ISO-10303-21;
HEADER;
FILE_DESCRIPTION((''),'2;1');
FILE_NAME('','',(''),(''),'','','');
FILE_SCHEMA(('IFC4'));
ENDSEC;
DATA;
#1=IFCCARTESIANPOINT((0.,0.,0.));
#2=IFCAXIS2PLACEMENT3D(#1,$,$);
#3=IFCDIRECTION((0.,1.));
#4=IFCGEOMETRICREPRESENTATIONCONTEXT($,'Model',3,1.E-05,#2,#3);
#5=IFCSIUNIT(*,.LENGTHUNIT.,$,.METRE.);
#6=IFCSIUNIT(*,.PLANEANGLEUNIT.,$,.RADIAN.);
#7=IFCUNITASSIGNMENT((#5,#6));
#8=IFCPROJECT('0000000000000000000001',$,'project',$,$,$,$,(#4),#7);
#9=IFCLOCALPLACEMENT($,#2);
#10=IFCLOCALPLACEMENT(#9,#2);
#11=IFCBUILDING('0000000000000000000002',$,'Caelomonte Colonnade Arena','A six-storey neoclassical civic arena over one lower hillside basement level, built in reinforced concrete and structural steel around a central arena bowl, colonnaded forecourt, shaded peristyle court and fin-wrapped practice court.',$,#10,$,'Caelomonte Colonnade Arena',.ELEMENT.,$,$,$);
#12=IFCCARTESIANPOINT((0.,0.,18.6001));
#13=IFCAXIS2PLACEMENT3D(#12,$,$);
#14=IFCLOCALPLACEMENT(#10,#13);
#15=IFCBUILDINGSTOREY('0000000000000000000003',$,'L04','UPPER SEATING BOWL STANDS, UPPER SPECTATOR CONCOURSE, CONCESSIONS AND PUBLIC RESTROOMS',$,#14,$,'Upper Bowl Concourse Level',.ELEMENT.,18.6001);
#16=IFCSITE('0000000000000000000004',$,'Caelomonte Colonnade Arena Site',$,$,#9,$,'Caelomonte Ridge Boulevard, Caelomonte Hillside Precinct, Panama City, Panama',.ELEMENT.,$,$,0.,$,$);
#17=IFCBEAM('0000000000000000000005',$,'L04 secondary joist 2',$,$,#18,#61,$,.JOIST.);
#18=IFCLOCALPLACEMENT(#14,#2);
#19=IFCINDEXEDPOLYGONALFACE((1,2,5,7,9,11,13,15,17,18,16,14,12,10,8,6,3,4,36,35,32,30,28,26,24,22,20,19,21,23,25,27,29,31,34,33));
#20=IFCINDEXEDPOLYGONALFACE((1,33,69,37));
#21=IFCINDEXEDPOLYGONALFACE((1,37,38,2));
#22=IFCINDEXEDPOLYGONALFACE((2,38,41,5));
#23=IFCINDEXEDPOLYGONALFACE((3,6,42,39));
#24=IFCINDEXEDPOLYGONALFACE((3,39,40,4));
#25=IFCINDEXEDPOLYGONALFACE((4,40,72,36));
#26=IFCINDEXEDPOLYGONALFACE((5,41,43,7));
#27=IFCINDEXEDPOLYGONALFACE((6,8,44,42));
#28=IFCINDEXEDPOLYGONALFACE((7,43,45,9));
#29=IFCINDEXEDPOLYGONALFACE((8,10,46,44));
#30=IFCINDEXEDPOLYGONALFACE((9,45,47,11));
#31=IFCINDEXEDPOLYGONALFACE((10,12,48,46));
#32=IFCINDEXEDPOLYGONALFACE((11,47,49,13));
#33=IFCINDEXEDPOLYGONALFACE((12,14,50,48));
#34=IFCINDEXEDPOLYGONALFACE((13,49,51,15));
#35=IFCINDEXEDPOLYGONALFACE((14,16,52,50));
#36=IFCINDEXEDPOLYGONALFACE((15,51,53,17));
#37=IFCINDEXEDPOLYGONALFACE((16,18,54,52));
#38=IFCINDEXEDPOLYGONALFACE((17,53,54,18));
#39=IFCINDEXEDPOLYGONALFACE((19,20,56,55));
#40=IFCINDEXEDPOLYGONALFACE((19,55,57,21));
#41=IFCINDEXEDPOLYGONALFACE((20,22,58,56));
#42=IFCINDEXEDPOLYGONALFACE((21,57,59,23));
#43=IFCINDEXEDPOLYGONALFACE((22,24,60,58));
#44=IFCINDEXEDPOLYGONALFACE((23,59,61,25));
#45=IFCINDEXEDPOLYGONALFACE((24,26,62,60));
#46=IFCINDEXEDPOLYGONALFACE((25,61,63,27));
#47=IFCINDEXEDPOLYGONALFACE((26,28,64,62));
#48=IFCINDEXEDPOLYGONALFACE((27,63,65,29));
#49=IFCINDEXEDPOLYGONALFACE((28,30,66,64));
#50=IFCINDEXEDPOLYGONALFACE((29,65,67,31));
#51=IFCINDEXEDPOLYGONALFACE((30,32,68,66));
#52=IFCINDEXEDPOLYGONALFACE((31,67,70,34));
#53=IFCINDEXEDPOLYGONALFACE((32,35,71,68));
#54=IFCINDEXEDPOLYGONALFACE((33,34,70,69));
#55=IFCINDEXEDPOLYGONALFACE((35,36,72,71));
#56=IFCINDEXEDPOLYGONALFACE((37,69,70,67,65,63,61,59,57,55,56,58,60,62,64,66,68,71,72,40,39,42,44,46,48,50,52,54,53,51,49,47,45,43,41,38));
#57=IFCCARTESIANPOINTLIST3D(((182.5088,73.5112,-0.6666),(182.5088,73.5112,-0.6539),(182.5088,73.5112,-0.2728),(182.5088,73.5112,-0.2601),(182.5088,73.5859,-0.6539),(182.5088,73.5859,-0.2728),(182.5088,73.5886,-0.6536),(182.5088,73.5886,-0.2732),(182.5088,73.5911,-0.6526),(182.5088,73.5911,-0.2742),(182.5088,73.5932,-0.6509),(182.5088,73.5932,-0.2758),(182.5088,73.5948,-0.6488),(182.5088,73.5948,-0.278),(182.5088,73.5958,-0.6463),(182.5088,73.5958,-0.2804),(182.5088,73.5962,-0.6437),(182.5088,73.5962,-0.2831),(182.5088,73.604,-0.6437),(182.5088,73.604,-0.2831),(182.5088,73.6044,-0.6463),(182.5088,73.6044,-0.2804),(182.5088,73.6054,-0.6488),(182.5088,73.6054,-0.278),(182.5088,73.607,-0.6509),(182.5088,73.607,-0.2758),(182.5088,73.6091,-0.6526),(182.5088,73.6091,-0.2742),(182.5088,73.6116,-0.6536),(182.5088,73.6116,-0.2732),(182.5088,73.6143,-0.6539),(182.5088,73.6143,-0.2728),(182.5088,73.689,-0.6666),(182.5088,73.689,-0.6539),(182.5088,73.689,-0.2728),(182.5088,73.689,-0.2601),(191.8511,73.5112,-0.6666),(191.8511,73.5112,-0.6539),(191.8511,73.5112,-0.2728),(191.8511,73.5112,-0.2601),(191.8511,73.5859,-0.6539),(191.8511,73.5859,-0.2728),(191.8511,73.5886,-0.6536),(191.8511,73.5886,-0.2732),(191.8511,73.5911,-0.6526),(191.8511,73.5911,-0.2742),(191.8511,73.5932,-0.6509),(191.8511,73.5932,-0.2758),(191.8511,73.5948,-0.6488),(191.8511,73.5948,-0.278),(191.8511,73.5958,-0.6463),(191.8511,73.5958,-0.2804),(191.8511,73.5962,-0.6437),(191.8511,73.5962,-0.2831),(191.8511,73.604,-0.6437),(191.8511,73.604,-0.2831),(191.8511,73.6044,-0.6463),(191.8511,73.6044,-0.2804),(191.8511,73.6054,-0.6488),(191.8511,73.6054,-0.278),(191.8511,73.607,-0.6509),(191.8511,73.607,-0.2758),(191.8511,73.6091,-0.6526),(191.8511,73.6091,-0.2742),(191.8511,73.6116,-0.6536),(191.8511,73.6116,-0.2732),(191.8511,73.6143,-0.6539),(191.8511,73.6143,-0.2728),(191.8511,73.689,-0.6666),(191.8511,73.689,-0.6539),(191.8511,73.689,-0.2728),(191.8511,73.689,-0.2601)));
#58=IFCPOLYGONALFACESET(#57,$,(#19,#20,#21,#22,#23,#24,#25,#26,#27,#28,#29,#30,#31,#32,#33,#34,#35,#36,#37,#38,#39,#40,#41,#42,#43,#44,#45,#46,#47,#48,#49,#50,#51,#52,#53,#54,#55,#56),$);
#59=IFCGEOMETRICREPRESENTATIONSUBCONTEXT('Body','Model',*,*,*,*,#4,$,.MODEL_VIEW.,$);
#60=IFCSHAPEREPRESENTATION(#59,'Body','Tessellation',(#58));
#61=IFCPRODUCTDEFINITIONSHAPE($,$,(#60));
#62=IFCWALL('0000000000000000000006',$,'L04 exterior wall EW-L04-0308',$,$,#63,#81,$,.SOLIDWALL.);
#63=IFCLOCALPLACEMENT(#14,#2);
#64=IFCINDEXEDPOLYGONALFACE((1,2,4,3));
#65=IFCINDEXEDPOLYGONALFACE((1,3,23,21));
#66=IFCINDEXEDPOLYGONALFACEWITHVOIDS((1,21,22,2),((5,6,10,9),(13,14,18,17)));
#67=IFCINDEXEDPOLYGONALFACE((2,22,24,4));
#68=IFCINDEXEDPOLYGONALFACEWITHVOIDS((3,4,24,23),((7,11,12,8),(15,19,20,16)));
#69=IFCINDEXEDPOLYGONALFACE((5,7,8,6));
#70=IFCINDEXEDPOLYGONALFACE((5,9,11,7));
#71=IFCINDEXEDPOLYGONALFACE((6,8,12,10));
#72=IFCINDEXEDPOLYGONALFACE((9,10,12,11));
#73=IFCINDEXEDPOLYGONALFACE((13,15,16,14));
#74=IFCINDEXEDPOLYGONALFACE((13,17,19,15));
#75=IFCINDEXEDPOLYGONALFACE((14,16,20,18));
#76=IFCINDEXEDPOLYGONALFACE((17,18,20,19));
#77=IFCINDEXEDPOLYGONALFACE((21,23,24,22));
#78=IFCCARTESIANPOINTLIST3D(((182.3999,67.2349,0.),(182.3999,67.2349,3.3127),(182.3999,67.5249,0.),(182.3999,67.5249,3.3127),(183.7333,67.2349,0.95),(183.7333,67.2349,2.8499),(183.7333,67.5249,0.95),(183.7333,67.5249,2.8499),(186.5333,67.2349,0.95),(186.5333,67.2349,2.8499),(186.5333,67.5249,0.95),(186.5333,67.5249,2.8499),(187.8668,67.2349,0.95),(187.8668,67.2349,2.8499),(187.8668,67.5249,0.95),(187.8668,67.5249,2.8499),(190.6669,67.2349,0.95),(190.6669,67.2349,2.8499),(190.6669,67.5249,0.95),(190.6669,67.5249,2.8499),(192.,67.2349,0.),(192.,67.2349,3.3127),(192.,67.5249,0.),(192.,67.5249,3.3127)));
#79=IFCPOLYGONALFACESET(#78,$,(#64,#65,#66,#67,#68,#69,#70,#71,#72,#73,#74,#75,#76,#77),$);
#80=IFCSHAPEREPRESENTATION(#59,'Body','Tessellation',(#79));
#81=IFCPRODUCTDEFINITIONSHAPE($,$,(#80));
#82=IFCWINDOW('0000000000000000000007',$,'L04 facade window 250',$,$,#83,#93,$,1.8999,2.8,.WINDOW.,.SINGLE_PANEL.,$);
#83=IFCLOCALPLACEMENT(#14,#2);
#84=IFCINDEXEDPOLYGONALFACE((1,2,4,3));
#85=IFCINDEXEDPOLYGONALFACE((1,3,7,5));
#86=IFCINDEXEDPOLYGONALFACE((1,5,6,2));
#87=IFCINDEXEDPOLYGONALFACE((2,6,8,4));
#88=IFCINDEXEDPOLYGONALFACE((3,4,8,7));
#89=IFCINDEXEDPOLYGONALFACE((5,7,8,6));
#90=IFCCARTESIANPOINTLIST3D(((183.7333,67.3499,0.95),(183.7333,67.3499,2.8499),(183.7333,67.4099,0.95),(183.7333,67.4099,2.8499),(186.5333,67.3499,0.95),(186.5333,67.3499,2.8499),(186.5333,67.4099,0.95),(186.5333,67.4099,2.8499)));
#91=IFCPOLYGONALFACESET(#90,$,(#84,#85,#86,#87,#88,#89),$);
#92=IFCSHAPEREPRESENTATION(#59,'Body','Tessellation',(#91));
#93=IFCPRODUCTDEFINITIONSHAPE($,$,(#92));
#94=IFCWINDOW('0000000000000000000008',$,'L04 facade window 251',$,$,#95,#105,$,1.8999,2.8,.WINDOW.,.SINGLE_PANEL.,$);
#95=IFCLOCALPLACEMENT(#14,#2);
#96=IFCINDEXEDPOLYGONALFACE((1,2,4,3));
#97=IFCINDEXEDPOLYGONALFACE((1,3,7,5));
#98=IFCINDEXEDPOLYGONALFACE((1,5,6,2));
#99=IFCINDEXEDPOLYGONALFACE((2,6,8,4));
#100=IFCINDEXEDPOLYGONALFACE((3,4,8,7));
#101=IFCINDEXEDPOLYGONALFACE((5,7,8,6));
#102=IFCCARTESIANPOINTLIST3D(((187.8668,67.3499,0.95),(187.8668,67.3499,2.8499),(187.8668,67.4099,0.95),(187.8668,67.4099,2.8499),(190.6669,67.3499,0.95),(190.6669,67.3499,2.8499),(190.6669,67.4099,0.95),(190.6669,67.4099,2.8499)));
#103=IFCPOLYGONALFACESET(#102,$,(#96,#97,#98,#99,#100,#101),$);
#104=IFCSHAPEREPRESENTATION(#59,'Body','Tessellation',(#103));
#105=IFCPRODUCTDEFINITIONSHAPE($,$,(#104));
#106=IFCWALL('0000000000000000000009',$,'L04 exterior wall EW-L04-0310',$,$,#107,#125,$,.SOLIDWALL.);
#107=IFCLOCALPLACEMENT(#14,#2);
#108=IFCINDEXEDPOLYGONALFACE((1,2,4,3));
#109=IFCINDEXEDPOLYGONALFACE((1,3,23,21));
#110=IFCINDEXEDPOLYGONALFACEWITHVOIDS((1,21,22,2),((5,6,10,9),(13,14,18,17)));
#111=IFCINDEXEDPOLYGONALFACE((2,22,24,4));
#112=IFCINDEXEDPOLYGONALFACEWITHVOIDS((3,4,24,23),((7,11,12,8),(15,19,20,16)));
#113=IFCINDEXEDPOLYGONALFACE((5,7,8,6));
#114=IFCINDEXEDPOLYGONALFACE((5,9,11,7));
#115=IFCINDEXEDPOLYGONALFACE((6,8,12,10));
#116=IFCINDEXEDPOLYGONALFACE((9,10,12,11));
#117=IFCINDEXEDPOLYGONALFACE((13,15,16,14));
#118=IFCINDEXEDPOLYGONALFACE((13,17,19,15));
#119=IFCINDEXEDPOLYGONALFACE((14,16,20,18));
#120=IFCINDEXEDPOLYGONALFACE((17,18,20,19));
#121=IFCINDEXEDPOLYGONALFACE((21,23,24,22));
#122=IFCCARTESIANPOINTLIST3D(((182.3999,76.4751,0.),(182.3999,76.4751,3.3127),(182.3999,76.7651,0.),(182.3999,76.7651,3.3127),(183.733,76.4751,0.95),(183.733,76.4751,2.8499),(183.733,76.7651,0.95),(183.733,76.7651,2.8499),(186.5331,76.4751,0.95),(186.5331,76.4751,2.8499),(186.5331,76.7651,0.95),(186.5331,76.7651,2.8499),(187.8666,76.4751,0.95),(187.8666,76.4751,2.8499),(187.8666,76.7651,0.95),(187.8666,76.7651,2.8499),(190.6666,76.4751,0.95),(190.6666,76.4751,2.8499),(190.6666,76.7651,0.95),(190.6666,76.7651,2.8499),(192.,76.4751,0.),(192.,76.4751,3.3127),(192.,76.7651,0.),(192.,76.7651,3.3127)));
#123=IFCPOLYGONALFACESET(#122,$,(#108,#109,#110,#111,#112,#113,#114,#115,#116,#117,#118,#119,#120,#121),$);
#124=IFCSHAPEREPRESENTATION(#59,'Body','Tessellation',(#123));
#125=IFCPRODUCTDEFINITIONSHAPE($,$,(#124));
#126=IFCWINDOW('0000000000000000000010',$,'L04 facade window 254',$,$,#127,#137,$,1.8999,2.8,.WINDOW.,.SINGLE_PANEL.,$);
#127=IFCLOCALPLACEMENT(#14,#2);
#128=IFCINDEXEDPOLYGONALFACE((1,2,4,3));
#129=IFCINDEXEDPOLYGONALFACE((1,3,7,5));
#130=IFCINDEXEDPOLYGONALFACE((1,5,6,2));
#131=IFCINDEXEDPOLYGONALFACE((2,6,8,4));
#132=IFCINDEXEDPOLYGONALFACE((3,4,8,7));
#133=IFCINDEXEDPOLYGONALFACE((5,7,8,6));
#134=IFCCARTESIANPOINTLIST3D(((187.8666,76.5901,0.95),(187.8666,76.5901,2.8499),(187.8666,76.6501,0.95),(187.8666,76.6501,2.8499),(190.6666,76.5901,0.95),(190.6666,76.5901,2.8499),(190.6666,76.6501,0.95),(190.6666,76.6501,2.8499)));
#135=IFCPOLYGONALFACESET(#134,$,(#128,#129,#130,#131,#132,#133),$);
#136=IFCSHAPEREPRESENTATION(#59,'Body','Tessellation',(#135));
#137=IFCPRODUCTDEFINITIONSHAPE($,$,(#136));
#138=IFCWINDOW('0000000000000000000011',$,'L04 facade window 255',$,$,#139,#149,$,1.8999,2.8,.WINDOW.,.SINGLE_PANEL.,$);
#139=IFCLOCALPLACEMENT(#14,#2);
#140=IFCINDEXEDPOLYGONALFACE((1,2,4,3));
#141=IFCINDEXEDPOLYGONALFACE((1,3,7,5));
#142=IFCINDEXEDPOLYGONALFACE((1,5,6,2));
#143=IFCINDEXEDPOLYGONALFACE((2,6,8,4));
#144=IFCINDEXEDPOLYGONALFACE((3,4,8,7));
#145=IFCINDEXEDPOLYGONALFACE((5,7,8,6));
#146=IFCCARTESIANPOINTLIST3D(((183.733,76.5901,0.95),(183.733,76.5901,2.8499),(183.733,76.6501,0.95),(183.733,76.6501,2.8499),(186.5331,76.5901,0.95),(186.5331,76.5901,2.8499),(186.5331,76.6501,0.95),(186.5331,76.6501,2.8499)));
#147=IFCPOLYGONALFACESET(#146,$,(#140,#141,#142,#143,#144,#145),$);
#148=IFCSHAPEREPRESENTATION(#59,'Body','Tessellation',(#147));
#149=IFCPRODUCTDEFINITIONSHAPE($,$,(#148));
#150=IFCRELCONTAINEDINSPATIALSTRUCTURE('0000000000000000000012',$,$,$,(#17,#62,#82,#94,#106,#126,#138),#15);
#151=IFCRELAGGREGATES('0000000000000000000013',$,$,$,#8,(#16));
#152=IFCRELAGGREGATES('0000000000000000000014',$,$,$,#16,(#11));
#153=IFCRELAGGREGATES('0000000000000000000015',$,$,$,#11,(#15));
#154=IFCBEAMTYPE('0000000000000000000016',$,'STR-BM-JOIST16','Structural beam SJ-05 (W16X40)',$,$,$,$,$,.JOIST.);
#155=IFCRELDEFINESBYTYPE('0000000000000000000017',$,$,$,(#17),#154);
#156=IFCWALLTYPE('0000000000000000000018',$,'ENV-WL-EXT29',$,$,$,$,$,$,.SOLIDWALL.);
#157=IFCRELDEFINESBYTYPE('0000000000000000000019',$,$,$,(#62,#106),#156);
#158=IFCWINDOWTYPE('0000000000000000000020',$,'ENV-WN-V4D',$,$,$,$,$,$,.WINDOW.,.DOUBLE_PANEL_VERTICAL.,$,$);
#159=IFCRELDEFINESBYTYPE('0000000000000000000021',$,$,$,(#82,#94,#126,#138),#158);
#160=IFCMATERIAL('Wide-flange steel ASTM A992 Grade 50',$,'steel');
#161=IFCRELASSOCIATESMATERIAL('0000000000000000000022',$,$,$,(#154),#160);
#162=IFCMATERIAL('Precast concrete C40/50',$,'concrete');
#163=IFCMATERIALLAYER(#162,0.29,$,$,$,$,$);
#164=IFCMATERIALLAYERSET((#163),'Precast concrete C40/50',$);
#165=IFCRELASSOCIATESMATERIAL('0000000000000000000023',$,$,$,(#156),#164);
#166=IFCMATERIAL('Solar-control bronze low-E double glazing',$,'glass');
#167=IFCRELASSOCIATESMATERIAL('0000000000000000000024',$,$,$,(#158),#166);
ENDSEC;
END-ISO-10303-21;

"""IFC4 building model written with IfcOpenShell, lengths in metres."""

from ifc_helpers import new_model, si_unit, direction, frame, frame_2d, origin, origin_2d, place, context, subcontext, project, spatial, rectangle, i_section, extrude, material, layer, layer_set, material_profile, profile_set, type_object, element, fill, save


model = new_model("IFC4")

# Units and contexts
model_context = context("Model", 3, precision=1e-05, world=origin(), true_north=direction((0.0, 1.0)))
body_context = subcontext(model_context, "Body", "Model", "MODEL_VIEW")
ifc_project = project(units=[si_unit("LENGTHUNIT", "METRE"), si_unit("PLANEANGLEUNIT", "RADIAN")], contexts=[model_context])

# Site, building, storey
site_placement = place(None, origin())
site = spatial("IfcSite", under=ifc_project, at=site_placement, Name="Caelomonte Colonnade Arena Site", LongName="Caelomonte Ridge Boulevard, Caelomonte Hillside Precinct, Panama City, Panama", CompositionType="ELEMENT", RefElevation=0.0)
building_placement = place(site_placement, origin())
building = spatial("IfcBuilding", under=site, at=building_placement, Name="Caelomonte Colonnade Arena", Description="A six-storey neoclassical civic arena over one lower hillside basement level, built in reinforced concrete and structural steel around a central arena bowl, colonnaded forecourt, shaded peristyle court and fin-wrapped practice court.", LongName="Caelomonte Colonnade Arena", CompositionType="ELEMENT")
storey_placement = place(building_placement, frame((0.0, 0.0, 18.6001)))
storey = spatial("IfcBuildingStorey", under=building, at=storey_placement, Name="L04", Description="UPPER SEATING BOWL STANDS, UPPER SPECTATOR CONCOURSE, CONCESSIONS AND PUBLIC RESTROOMS", LongName="Upper Bowl Concourse Level", CompositionType="ELEMENT", Elevation=18.6001)

# Beam
ifc_material_1 = material(Name="Wide-flange steel ASTM A992 Grade 50", Category="steel")
ifc_material_profile_1 = material_profile(ifc_material_1, i_section(OverallWidth=0.1777, OverallDepth=0.4065, WebThickness=0.0078, FlangeThickness=0.0127, FilletRadius=0.0103, at=origin_2d()), Name="W16X40")
ifc_profile_set_1 = profile_set([ifc_material_profile_1], Name="Wide-flange steel ASTM A992 Grade 50")
beam_type_1 = type_object("IfcBeamType", Name="STR-BM-JOIST16", Description="Structural beam SJ-05 (W16X40)", PredefinedType="JOIST", material=ifc_profile_set_1)
for number, where, z_axis, x_axis, name in (
    (1, (182.5088, 73.6001, -0.4634), (1.0, 0.0, 0.0), (0.0, 1.0, 0.0), "L04 secondary joist 2"),
):
    element("IfcBeam", number, at=place(storey_placement, frame(where, z_axis=z_axis, x_axis=x_axis)), inside=storey, type_object=beam_type_1, Name=name, PredefinedType="JOIST", context=body_context, shape_type="SweptSolid", body=[
        extrude(i_section(OverallWidth=0.1777, OverallDepth=0.4065, WebThickness=0.0078, FlangeThickness=0.0127, FilletRadius=0.0103, at=origin_2d()), origin(), (0.0, 0.0, 1.0), 9.3423),
    ])

# Walls, openings, windows
ifc_material_2 = material(Name="Precast concrete C40/50", Category="concrete")
ifc_layer_1 = layer(ifc_material_2, 0.29)
ifc_layer_set_1 = layer_set([ifc_layer_1], Name="Precast concrete C40/50")
wall_type_1 = type_object("IfcWallType", Name="ENV-WL-EXT29", PredefinedType="SOLIDWALL", material=ifc_layer_set_1)
wall_1_placement = place(storey_placement, frame((182.3999, 67.3799, 0.0), z_axis=(0.0, 0.0, 1.0), x_axis=(1.0, 0.0, 0.0)))
wall_1 = element("IfcWall", 2, at=wall_1_placement, inside=storey, type_object=wall_type_1, Name="L04 exterior wall EW-L04-0308", PredefinedType="SOLIDWALL", context=body_context, shape_type="SweptSolid", body=[
    extrude(rectangle(XDim=9.6001, YDim=0.29, at=frame_2d((4.8, 0.0))), origin(), (0.0, 0.0, 1.0), 3.3127),
])
opening_1_placement = place(wall_1_placement, frame((4.1333, 0.0, 0.95), z_axis=(0.0, 0.0, 1.0), x_axis=(-1.0, 0.0, 0.0)))
opening_1 = element("IfcOpeningElement", 3, at=opening_1_placement, cuts=wall_1, PredefinedType="OPENING", context=body_context, shape_type="SweptSolid", body=[
    extrude(rectangle(XDim=2.8, YDim=1.8999, at=frame_2d((1.3999, 0.95))), frame((0.0, 0.155, 0.0), z_axis=(0.0, -1.0, 0.0), x_axis=(1.0, 0.0, 0.0)), (0.0, 0.0, 1.0), 0.3101),
])
opening_2_placement = place(wall_1_placement, frame((8.2668, 0.0, 0.95), z_axis=(0.0, 0.0, 1.0), x_axis=(-1.0, 0.0, 0.0)))
opening_2 = element("IfcOpeningElement", 4, at=opening_2_placement, cuts=wall_1, PredefinedType="OPENING", context=body_context, shape_type="SweptSolid", body=[
    extrude(rectangle(XDim=2.8, YDim=1.8999, at=frame_2d((1.3999, 0.95))), frame((0.0, 0.155, 0.0), z_axis=(0.0, -1.0, 0.0), x_axis=(1.0, 0.0, 0.0)), (0.0, 0.0, 1.0), 0.3101),
])
ifc_material_3 = material(Name="Solar-control bronze low-E double glazing", Category="glass")
window_type = type_object("IfcWindowType", Name="ENV-WN-V4D", PartitioningType="DOUBLE_PANEL_VERTICAL", PredefinedType="WINDOW", material=ifc_material_3)
window_1_placement = place(opening_1_placement, origin())
window_1 = element("IfcWindow", 5, at=window_1_placement, inside=storey, type_object=window_type, Name="L04 facade window 250", OverallHeight=1.8999, OverallWidth=2.8, PartitioningType="SINGLE_PANEL", PredefinedType="WINDOW", context=body_context, shape_type="SweptSolid", body=[
    extrude(rectangle(XDim=2.8, YDim=1.8999, at=frame_2d((1.3999, 0.95))), frame((0.0, 0.03, 0.0), z_axis=(0.0, -1.0, 0.0), x_axis=(1.0, 0.0, 0.0)), (0.0, 0.0, 1.0), 0.0601),
])
fill(opening_1, window_1)
window_2_placement = place(opening_2_placement, origin())
window_2 = element("IfcWindow", 6, at=window_2_placement, inside=storey, type_object=window_type, Name="L04 facade window 251", OverallHeight=1.8999, OverallWidth=2.8, PartitioningType="SINGLE_PANEL", PredefinedType="WINDOW", context=body_context, shape_type="SweptSolid", body=[
    extrude(rectangle(XDim=2.8, YDim=1.8999, at=frame_2d((1.3999, 0.95))), frame((0.0, 0.03, 0.0), z_axis=(0.0, -1.0, 0.0), x_axis=(1.0, 0.0, 0.0)), (0.0, 0.0, 1.0), 0.0601),
])
fill(opening_2, window_2)
wall_2_placement = place(storey_placement, frame((192.0, 76.6201, 0.0), z_axis=(0.0, 0.0, 1.0), x_axis=(-1.0, 0.0, 0.0)))
wall_2 = element("IfcWall", 7, at=wall_2_placement, inside=storey, type_object=wall_type_1, Name="L04 exterior wall EW-L04-0310", PredefinedType="SOLIDWALL", context=body_context, shape_type="SweptSolid", body=[
    extrude(rectangle(XDim=9.6001, YDim=0.29, at=frame_2d((4.8, 0.0))), origin(), (0.0, 0.0, 1.0), 3.3127),
])
opening_3_placement = place(wall_2_placement, frame((4.1333, 0.0, 0.95), z_axis=(0.0, 0.0, 1.0), x_axis=(-1.0, 0.0, 0.0)))
opening_3 = element("IfcOpeningElement", 8, at=opening_3_placement, cuts=wall_2, PredefinedType="OPENING", context=body_context, shape_type="SweptSolid", body=[
    extrude(rectangle(XDim=2.8, YDim=1.8999, at=frame_2d((1.3999, 0.95))), frame((0.0, 0.155, 0.0), z_axis=(0.0, -1.0, 0.0), x_axis=(1.0, 0.0, 0.0)), (0.0, 0.0, 1.0), 0.3101),
])
opening_4_placement = place(wall_2_placement, frame((8.2668, 0.0, 0.95), z_axis=(0.0, 0.0, 1.0), x_axis=(-1.0, 0.0, 0.0)))
opening_4 = element("IfcOpeningElement", 9, at=opening_4_placement, cuts=wall_2, PredefinedType="OPENING", context=body_context, shape_type="SweptSolid", body=[
    extrude(rectangle(XDim=2.8, YDim=1.8999, at=frame_2d((1.3999, 0.95))), frame((0.0, 0.155, 0.0), z_axis=(0.0, -1.0, 0.0), x_axis=(1.0, 0.0, 0.0)), (0.0, 0.0, 1.0), 0.3101),
])
window_3_placement = place(opening_3_placement, origin())
window_3 = element("IfcWindow", 10, at=window_3_placement, inside=storey, type_object=window_type, Name="L04 facade window 254", OverallHeight=1.8999, OverallWidth=2.8, PartitioningType="SINGLE_PANEL", PredefinedType="WINDOW", context=body_context, shape_type="SweptSolid", body=[
    extrude(rectangle(XDim=2.8, YDim=1.8999, at=frame_2d((1.3999, 0.95))), frame((0.0, 0.03, 0.0), z_axis=(0.0, -1.0, 0.0), x_axis=(1.0, 0.0, 0.0)), (0.0, 0.0, 1.0), 0.0601),
])
fill(opening_3, window_3)
window_4_placement = place(opening_4_placement, origin())
window_4 = element("IfcWindow", 11, at=window_4_placement, inside=storey, type_object=window_type, Name="L04 facade window 255", OverallHeight=1.8999, OverallWidth=2.8, PartitioningType="SINGLE_PANEL", PredefinedType="WINDOW", context=body_context, shape_type="SweptSolid", body=[
    extrude(rectangle(XDim=2.8, YDim=1.8999, at=frame_2d((1.3999, 0.95))), frame((0.0, 0.03, 0.0), z_axis=(0.0, -1.0, 0.0), x_axis=(1.0, 0.0, 0.0)), (0.0, 0.0, 1.0), 0.0601),
])
fill(opening_4, window_4)

save(model, "model.ifc")
